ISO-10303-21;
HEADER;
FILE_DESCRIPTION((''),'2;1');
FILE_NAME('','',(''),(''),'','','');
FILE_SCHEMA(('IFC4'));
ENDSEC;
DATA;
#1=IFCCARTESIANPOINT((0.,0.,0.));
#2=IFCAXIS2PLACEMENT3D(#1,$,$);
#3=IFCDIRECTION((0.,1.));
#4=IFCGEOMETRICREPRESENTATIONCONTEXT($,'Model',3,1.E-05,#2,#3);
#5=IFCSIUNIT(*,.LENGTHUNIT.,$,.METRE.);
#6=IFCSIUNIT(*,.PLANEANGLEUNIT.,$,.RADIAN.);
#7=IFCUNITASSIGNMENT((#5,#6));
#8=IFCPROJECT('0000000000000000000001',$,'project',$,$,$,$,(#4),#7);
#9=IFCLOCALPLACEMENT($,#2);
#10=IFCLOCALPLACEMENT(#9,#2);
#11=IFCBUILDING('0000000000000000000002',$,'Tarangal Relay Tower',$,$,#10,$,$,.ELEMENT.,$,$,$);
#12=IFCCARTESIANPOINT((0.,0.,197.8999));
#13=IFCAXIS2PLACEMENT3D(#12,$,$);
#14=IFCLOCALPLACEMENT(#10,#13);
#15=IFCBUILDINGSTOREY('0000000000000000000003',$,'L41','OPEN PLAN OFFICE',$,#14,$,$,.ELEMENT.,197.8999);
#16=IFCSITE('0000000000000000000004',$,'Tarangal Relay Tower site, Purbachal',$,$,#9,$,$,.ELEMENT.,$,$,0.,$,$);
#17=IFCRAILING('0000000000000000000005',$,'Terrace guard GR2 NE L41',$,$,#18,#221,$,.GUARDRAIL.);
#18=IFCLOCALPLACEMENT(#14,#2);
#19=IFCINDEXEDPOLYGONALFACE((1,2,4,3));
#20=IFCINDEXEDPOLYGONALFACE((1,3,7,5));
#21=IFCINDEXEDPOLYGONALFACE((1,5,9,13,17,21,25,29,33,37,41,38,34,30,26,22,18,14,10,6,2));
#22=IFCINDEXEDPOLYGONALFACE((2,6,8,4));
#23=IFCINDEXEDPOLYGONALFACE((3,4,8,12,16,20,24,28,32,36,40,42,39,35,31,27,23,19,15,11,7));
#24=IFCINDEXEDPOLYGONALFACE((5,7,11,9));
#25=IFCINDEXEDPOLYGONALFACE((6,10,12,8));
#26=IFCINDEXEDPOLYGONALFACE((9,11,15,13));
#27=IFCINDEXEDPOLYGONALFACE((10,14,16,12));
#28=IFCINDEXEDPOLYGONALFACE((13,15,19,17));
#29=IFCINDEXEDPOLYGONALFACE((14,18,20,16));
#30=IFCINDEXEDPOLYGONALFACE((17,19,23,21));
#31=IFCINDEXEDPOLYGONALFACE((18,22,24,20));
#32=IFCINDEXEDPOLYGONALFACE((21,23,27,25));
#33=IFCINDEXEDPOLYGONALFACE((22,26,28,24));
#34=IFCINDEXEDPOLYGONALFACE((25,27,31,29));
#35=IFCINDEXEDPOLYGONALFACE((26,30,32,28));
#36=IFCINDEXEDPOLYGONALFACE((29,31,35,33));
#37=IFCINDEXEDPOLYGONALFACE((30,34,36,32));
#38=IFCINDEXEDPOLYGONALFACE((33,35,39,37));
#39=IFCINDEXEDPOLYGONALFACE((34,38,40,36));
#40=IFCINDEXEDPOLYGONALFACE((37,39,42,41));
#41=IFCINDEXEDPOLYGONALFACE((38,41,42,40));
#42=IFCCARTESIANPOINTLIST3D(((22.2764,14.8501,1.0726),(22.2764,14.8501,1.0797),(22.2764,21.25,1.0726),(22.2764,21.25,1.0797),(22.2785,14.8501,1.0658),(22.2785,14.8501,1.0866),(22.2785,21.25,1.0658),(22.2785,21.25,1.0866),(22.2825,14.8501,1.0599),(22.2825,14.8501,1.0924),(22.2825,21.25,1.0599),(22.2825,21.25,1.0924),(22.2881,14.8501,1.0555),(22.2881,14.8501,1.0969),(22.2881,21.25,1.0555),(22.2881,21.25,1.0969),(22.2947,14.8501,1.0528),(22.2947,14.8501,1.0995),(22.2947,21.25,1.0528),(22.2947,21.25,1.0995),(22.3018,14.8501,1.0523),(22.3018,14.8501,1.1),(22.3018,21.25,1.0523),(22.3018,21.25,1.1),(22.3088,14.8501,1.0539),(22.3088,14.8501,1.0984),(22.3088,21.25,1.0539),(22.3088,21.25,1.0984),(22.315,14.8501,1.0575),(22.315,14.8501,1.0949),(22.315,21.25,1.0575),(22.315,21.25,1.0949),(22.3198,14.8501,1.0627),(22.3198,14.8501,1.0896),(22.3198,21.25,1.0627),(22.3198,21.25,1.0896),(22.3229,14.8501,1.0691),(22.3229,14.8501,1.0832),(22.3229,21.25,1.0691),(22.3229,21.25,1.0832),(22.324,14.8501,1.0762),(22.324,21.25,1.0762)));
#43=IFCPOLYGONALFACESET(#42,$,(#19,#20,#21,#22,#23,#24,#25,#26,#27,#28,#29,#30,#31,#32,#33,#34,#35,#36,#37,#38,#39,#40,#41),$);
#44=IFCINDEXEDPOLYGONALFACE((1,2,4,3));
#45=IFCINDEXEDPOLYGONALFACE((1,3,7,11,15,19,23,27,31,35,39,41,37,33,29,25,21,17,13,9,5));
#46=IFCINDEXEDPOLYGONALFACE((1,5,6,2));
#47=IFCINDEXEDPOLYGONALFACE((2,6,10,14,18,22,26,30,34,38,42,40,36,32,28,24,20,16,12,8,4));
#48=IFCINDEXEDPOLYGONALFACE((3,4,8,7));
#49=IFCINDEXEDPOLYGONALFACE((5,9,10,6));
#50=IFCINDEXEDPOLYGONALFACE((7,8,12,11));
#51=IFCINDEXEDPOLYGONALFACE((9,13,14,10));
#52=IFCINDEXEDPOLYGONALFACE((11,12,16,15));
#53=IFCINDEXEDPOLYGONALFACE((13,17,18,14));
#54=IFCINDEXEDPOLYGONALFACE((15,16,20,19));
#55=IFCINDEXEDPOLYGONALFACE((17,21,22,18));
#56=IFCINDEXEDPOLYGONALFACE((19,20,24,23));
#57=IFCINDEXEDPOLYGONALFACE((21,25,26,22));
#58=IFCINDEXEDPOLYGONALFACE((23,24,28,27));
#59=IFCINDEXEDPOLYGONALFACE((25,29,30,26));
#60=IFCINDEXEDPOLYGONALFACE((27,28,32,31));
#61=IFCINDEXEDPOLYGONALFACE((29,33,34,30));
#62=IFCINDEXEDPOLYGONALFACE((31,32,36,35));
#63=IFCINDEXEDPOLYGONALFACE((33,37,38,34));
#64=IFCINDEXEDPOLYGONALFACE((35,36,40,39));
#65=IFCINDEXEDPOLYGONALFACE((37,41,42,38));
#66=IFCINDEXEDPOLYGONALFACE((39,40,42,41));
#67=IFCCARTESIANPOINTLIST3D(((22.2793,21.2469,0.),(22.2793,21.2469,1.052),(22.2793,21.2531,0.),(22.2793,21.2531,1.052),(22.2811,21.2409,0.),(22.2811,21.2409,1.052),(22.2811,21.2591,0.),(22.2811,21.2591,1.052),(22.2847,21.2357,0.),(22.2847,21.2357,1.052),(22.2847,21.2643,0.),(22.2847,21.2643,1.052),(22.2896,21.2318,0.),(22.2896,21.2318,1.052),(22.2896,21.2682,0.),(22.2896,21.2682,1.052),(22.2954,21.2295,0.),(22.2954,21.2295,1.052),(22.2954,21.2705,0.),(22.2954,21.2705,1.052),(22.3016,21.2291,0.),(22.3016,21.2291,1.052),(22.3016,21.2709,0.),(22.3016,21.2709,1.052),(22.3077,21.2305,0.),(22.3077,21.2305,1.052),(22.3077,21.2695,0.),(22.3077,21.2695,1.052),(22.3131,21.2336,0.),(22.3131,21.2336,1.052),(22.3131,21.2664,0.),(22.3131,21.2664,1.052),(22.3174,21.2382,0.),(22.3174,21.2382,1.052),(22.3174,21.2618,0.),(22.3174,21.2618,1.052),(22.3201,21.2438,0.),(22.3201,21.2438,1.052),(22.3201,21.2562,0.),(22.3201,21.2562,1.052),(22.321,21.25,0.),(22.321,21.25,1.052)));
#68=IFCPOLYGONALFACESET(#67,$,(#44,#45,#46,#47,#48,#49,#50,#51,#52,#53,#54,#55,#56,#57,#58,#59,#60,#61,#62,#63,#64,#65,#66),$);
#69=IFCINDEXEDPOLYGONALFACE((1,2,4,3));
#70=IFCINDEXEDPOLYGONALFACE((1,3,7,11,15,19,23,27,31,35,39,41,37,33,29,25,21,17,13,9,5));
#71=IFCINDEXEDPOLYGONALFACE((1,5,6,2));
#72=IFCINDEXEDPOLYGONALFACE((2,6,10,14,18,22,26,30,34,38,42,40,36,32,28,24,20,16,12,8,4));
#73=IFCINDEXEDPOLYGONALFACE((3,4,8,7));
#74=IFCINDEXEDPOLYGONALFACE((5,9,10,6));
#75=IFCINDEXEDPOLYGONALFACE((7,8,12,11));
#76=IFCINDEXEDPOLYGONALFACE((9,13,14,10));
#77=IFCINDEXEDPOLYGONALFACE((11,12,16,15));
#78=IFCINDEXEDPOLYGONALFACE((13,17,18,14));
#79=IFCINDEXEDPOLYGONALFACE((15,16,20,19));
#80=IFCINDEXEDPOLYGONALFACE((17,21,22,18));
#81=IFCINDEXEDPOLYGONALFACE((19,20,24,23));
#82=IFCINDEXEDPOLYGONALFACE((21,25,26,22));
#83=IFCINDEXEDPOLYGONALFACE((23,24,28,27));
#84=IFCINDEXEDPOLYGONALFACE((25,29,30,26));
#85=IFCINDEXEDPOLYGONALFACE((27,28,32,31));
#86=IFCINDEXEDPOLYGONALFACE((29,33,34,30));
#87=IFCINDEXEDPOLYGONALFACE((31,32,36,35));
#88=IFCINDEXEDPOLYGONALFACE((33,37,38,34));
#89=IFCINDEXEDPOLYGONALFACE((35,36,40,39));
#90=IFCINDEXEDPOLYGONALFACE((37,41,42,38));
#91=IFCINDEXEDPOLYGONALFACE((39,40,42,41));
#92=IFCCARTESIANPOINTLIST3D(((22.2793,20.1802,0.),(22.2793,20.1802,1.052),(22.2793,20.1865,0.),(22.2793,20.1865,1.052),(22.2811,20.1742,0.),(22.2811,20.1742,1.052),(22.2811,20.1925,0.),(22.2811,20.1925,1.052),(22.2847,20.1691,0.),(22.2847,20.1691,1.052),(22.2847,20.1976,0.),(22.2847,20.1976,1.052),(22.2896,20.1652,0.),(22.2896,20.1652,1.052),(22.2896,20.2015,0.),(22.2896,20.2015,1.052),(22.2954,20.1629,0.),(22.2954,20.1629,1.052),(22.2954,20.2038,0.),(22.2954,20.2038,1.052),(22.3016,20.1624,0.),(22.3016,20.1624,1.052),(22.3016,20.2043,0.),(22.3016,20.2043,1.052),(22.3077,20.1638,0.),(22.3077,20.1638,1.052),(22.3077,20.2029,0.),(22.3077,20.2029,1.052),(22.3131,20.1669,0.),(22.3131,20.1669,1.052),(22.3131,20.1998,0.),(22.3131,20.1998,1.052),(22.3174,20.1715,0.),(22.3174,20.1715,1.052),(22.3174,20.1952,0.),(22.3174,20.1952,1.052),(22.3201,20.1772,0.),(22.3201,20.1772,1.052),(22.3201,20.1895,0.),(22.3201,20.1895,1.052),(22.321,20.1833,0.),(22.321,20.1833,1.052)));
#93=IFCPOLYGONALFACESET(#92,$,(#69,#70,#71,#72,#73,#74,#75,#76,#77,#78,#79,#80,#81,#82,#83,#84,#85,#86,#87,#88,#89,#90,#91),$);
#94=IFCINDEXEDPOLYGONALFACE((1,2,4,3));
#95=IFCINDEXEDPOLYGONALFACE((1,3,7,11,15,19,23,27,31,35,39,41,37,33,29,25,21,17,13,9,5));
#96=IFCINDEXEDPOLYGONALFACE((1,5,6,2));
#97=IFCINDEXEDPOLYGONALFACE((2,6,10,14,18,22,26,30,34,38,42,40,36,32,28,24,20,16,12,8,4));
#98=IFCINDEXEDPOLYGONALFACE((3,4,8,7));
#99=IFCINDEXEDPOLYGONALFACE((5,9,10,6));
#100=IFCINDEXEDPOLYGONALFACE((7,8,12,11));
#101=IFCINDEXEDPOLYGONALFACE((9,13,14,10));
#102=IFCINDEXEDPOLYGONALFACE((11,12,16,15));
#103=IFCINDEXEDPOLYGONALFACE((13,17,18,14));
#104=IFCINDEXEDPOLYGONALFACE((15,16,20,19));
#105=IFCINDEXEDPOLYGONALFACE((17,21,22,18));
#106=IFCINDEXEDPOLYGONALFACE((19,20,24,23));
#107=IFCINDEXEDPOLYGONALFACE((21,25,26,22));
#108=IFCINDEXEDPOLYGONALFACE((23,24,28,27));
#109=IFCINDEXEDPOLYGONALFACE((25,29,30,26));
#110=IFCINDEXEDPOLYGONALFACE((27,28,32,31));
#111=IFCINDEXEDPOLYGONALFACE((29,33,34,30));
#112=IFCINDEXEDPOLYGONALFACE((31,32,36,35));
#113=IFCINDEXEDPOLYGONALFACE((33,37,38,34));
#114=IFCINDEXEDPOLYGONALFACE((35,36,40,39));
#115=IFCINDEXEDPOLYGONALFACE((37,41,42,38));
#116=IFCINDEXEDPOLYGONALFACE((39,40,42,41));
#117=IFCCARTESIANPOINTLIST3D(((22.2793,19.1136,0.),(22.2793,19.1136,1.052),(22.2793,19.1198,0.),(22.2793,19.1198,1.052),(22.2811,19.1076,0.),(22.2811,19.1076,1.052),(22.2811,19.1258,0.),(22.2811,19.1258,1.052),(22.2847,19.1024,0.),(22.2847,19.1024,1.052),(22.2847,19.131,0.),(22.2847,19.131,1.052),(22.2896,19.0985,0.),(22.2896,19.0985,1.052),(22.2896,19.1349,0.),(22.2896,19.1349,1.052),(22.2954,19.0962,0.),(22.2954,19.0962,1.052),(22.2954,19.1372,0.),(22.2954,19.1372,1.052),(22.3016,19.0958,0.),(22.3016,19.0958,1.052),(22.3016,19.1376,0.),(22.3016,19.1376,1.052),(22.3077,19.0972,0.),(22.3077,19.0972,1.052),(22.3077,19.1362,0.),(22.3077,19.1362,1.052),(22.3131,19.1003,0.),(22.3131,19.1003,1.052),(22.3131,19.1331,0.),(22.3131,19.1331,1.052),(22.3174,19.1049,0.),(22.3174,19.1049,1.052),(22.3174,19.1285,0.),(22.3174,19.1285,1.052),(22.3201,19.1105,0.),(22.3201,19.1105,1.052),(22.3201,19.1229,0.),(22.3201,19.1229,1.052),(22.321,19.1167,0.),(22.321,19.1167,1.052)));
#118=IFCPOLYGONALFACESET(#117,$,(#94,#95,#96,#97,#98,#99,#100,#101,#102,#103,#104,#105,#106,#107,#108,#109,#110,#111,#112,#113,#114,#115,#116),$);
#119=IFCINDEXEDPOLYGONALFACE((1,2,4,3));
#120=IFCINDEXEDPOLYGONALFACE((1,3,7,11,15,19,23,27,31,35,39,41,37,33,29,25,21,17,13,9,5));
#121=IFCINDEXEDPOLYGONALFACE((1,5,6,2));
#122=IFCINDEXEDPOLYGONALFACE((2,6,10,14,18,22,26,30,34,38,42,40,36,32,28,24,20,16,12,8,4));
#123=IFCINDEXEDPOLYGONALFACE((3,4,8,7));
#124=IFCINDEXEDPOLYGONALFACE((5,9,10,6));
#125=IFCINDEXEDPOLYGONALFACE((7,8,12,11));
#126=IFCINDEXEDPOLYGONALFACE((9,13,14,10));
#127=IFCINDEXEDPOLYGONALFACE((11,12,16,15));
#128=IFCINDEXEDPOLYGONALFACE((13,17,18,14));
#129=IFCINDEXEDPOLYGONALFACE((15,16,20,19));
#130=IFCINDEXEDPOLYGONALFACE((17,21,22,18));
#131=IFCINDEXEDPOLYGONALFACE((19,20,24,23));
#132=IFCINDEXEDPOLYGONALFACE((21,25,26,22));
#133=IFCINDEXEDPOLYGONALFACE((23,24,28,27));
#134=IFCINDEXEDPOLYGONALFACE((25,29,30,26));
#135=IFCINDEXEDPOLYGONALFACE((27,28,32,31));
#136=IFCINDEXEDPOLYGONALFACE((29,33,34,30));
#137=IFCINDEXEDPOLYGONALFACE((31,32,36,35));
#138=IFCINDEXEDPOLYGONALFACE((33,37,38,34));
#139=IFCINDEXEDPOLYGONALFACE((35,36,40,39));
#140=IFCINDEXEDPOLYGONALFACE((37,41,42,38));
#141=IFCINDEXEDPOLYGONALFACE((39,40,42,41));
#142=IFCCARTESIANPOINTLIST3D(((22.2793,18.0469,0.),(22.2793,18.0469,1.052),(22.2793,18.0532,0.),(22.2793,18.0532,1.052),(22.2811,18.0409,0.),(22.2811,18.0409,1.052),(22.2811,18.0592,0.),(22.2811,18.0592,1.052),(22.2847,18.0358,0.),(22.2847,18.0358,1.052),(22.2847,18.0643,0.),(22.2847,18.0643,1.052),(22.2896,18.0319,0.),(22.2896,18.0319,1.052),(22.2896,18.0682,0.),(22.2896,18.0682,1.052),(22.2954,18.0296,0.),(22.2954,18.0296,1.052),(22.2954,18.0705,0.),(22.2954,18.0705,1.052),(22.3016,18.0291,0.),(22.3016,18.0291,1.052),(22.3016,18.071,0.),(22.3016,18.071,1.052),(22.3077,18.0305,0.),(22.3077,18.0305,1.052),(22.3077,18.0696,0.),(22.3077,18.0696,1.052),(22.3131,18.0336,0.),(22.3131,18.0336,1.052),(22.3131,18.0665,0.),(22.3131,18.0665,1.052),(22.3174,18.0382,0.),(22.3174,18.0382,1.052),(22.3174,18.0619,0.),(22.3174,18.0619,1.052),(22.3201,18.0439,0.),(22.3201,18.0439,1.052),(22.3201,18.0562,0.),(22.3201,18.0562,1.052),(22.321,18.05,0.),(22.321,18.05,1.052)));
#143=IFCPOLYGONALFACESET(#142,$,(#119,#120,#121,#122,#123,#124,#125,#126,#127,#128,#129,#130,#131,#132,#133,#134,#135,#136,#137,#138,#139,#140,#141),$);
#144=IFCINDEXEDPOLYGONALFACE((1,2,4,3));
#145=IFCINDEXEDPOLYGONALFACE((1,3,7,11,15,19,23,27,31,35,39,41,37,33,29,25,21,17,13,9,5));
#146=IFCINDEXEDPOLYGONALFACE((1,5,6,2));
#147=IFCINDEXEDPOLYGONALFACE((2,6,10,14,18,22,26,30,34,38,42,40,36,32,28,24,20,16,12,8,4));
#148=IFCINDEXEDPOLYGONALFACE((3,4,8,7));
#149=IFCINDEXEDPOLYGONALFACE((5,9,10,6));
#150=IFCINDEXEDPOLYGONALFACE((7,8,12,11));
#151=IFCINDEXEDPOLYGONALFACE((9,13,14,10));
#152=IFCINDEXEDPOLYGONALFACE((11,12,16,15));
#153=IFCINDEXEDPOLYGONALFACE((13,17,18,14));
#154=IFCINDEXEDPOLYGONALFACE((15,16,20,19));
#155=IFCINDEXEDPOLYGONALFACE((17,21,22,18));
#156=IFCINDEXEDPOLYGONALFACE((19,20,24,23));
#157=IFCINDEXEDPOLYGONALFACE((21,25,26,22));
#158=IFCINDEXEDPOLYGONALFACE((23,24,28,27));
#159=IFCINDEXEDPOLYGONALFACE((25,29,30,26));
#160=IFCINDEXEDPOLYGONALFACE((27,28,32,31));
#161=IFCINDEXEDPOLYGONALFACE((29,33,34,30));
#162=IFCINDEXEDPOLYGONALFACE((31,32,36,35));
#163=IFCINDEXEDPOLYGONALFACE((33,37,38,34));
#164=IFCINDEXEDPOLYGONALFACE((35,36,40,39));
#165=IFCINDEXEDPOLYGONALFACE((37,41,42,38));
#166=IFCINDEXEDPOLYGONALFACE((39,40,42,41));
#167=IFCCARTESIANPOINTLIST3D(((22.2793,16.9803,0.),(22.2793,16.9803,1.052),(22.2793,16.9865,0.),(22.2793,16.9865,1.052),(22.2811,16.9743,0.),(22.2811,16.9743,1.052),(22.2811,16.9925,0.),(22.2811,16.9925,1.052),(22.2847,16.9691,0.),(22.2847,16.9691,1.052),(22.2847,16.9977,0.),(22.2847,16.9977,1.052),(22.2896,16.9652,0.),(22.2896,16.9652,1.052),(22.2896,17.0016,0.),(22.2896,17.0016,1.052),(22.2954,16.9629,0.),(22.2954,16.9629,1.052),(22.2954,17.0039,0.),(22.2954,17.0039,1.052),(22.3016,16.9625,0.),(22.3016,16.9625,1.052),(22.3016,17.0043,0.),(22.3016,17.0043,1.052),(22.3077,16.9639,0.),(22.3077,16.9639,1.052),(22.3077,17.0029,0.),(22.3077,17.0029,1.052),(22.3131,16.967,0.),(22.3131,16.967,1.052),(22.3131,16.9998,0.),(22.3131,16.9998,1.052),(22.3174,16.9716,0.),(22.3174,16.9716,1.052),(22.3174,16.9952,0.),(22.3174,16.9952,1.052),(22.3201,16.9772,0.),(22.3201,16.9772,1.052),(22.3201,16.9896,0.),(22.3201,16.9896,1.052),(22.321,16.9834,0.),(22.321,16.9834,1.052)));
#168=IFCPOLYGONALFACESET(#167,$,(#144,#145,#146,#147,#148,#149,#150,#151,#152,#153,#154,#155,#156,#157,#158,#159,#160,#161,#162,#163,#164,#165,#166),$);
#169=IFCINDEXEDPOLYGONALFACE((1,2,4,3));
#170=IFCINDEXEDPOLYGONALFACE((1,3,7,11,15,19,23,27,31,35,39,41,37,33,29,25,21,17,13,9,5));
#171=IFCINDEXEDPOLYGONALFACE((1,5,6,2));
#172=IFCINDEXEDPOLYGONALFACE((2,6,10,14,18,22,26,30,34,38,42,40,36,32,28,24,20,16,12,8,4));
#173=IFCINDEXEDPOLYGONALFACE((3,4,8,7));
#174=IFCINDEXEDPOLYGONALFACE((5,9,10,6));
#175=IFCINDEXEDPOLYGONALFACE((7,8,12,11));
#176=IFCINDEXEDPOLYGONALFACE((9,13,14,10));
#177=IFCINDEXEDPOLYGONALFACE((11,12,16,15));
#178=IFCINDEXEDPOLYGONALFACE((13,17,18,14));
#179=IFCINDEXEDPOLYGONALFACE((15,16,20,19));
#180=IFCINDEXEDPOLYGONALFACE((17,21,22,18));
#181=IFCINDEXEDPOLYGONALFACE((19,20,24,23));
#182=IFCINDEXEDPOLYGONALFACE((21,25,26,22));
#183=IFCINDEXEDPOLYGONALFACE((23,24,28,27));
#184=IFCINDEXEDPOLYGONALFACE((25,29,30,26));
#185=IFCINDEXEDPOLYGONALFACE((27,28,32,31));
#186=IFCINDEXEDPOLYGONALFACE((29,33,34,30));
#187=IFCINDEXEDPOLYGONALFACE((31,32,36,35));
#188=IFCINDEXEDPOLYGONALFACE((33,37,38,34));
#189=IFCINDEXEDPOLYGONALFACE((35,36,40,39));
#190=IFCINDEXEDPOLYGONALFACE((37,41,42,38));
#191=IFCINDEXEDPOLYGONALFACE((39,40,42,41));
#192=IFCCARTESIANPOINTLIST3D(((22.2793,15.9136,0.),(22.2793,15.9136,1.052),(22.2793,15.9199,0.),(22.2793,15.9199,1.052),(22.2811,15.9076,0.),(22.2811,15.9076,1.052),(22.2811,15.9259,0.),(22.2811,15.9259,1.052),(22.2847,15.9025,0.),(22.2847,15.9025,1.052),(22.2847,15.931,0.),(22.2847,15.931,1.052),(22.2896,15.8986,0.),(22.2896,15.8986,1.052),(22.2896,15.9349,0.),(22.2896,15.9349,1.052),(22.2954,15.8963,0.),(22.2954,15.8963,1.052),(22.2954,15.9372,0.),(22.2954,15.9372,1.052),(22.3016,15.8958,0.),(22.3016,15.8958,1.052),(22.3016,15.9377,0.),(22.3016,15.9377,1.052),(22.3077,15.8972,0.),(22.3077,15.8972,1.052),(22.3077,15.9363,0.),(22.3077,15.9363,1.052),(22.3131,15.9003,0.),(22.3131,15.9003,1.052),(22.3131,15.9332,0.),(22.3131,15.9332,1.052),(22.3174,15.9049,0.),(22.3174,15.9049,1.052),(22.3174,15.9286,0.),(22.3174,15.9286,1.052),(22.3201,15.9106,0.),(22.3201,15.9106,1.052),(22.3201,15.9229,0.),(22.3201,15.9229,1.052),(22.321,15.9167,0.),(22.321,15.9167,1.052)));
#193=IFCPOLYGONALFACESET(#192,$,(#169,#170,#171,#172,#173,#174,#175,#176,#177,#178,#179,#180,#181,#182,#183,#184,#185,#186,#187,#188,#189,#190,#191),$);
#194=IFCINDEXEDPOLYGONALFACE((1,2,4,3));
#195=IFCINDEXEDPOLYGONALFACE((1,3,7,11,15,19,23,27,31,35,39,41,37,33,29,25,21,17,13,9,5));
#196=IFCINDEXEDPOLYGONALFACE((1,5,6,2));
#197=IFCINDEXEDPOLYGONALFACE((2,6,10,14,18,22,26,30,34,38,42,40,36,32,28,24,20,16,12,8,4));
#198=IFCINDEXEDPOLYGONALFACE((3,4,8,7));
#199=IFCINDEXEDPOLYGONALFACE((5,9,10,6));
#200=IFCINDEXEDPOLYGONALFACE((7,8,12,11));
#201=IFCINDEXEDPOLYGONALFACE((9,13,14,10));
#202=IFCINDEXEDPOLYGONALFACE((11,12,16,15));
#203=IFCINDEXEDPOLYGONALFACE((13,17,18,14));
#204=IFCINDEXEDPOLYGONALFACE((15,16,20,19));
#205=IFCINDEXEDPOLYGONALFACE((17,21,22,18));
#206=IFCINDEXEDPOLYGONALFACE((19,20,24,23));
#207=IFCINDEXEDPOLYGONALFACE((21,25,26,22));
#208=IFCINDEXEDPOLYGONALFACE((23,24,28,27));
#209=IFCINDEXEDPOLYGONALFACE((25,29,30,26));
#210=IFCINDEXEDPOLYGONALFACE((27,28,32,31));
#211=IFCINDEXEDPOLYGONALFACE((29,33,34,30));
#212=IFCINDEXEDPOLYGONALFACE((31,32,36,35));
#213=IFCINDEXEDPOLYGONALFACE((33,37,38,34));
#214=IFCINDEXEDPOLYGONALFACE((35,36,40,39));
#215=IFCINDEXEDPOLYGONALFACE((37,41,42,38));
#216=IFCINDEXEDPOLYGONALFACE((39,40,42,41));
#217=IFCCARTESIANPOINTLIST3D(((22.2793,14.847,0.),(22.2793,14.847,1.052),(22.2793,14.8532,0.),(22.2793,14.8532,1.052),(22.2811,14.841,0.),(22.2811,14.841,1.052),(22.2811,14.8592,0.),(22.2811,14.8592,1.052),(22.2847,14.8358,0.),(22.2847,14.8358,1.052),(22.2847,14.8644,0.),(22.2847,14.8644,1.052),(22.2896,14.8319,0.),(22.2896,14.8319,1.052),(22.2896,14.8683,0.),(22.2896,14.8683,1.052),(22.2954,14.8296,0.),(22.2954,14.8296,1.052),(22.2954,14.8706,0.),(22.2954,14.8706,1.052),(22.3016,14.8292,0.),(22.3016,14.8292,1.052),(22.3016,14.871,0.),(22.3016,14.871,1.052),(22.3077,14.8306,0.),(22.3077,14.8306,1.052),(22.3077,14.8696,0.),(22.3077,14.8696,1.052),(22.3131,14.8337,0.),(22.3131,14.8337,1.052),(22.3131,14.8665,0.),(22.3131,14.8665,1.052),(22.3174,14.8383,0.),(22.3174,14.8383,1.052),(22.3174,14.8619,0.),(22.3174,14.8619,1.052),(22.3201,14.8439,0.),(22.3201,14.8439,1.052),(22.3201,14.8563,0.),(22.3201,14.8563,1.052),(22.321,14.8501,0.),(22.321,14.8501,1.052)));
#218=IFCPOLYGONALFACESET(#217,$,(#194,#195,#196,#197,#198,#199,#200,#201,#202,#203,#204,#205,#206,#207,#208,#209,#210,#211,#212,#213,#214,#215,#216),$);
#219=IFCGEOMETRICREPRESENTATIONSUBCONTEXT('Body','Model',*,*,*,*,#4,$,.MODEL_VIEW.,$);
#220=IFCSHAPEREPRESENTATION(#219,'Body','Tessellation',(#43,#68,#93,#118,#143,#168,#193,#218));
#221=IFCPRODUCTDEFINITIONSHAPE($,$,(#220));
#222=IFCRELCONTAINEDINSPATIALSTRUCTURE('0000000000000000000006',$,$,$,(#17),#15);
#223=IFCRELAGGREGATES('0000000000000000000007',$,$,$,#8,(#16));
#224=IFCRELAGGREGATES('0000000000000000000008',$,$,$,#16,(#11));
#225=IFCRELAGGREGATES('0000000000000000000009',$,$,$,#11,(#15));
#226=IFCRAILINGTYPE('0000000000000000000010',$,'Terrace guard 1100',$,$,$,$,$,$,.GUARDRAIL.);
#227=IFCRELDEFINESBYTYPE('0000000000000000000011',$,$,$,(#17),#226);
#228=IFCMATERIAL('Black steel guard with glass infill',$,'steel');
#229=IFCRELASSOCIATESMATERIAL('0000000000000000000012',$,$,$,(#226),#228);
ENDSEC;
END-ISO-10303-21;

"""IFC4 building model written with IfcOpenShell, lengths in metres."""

from ifc_helpers import new_model, si_unit, direction, frame, origin, origin_2d, place, context, subcontext, project, spatial, circle, extrude, material, type_object, element, save


model = new_model("IFC4")

# Units and contexts
model_context = context("Model", 3, precision=1e-05, world=origin(), true_north=direction((0.0, 1.0)))
body_context = subcontext(model_context, "Body", "Model", "MODEL_VIEW")
ifc_project = project(units=[si_unit("LENGTHUNIT", "METRE"), si_unit("PLANEANGLEUNIT", "RADIAN")], contexts=[model_context])

# Site, building, storey
site_placement = place(None, origin())
site = spatial("IfcSite", under=ifc_project, at=site_placement, Name="Tarangal Relay Tower site, Purbachal", CompositionType="ELEMENT", RefElevation=0.0)
building_placement = place(site_placement, origin())
building = spatial("IfcBuilding", under=site, at=building_placement, Name="Tarangal Relay Tower", CompositionType="ELEMENT")
storey_placement = place(building_placement, frame((0.0, 0.0, 197.8999)))
storey = spatial("IfcBuildingStorey", under=building, at=storey_placement, Name="L41", Description="OPEN PLAN OFFICE", CompositionType="ELEMENT", Elevation=197.8999)

# Railing
ifc_material_1 = material(Name="Black steel guard with glass infill", Category="steel")
railing_type = type_object("IfcRailingType", Name="Terrace guard 1100", PredefinedType="GUARDRAIL", material=ifc_material_1)
railing_1_placement = place(storey_placement, frame((22.3, 21.25, 0.0)))
element("IfcRailing", 1, at=railing_1_placement, inside=storey, type_object=railing_type, Name="Terrace guard GR2 NE L41", PredefinedType="GUARDRAIL", context=body_context, shape_type="SweptSolid", body=[
    extrude(circle(Radius=0.0239, at=origin_2d()), frame((0.0, 0.0, 1.0762), z_axis=(0.0, -1.0, 0.0), x_axis=(1.0, 0.0, 0.0)), (0.0, 0.0, 1.0), 6.3999),
    extrude(circle(Radius=0.021, at=origin_2d()), origin(), (0.0, 0.0, 1.0), 1.052),
    extrude(circle(Radius=0.021, at=origin_2d()), frame((0.0, -1.0667, 0.0)), (0.0, 0.0, 1.0), 1.052),
    extrude(circle(Radius=0.021, at=origin_2d()), frame((0.0, -2.1333, 0.0)), (0.0, 0.0, 1.0), 1.052),
    extrude(circle(Radius=0.021, at=origin_2d()), frame((0.0, -3.2, 0.0)), (0.0, 0.0, 1.0), 1.052),
    extrude(circle(Radius=0.021, at=origin_2d()), frame((0.0, -4.2666, 0.0)), (0.0, 0.0, 1.0), 1.052),
    extrude(circle(Radius=0.021, at=origin_2d()), frame((0.0, -5.3333, 0.0)), (0.0, 0.0, 1.0), 1.052),
    extrude(circle(Radius=0.021, at=origin_2d()), frame((0.0, -6.3999, 0.0)), (0.0, 0.0, 1.0), 1.052),
])

save(model, "model.ifc")
